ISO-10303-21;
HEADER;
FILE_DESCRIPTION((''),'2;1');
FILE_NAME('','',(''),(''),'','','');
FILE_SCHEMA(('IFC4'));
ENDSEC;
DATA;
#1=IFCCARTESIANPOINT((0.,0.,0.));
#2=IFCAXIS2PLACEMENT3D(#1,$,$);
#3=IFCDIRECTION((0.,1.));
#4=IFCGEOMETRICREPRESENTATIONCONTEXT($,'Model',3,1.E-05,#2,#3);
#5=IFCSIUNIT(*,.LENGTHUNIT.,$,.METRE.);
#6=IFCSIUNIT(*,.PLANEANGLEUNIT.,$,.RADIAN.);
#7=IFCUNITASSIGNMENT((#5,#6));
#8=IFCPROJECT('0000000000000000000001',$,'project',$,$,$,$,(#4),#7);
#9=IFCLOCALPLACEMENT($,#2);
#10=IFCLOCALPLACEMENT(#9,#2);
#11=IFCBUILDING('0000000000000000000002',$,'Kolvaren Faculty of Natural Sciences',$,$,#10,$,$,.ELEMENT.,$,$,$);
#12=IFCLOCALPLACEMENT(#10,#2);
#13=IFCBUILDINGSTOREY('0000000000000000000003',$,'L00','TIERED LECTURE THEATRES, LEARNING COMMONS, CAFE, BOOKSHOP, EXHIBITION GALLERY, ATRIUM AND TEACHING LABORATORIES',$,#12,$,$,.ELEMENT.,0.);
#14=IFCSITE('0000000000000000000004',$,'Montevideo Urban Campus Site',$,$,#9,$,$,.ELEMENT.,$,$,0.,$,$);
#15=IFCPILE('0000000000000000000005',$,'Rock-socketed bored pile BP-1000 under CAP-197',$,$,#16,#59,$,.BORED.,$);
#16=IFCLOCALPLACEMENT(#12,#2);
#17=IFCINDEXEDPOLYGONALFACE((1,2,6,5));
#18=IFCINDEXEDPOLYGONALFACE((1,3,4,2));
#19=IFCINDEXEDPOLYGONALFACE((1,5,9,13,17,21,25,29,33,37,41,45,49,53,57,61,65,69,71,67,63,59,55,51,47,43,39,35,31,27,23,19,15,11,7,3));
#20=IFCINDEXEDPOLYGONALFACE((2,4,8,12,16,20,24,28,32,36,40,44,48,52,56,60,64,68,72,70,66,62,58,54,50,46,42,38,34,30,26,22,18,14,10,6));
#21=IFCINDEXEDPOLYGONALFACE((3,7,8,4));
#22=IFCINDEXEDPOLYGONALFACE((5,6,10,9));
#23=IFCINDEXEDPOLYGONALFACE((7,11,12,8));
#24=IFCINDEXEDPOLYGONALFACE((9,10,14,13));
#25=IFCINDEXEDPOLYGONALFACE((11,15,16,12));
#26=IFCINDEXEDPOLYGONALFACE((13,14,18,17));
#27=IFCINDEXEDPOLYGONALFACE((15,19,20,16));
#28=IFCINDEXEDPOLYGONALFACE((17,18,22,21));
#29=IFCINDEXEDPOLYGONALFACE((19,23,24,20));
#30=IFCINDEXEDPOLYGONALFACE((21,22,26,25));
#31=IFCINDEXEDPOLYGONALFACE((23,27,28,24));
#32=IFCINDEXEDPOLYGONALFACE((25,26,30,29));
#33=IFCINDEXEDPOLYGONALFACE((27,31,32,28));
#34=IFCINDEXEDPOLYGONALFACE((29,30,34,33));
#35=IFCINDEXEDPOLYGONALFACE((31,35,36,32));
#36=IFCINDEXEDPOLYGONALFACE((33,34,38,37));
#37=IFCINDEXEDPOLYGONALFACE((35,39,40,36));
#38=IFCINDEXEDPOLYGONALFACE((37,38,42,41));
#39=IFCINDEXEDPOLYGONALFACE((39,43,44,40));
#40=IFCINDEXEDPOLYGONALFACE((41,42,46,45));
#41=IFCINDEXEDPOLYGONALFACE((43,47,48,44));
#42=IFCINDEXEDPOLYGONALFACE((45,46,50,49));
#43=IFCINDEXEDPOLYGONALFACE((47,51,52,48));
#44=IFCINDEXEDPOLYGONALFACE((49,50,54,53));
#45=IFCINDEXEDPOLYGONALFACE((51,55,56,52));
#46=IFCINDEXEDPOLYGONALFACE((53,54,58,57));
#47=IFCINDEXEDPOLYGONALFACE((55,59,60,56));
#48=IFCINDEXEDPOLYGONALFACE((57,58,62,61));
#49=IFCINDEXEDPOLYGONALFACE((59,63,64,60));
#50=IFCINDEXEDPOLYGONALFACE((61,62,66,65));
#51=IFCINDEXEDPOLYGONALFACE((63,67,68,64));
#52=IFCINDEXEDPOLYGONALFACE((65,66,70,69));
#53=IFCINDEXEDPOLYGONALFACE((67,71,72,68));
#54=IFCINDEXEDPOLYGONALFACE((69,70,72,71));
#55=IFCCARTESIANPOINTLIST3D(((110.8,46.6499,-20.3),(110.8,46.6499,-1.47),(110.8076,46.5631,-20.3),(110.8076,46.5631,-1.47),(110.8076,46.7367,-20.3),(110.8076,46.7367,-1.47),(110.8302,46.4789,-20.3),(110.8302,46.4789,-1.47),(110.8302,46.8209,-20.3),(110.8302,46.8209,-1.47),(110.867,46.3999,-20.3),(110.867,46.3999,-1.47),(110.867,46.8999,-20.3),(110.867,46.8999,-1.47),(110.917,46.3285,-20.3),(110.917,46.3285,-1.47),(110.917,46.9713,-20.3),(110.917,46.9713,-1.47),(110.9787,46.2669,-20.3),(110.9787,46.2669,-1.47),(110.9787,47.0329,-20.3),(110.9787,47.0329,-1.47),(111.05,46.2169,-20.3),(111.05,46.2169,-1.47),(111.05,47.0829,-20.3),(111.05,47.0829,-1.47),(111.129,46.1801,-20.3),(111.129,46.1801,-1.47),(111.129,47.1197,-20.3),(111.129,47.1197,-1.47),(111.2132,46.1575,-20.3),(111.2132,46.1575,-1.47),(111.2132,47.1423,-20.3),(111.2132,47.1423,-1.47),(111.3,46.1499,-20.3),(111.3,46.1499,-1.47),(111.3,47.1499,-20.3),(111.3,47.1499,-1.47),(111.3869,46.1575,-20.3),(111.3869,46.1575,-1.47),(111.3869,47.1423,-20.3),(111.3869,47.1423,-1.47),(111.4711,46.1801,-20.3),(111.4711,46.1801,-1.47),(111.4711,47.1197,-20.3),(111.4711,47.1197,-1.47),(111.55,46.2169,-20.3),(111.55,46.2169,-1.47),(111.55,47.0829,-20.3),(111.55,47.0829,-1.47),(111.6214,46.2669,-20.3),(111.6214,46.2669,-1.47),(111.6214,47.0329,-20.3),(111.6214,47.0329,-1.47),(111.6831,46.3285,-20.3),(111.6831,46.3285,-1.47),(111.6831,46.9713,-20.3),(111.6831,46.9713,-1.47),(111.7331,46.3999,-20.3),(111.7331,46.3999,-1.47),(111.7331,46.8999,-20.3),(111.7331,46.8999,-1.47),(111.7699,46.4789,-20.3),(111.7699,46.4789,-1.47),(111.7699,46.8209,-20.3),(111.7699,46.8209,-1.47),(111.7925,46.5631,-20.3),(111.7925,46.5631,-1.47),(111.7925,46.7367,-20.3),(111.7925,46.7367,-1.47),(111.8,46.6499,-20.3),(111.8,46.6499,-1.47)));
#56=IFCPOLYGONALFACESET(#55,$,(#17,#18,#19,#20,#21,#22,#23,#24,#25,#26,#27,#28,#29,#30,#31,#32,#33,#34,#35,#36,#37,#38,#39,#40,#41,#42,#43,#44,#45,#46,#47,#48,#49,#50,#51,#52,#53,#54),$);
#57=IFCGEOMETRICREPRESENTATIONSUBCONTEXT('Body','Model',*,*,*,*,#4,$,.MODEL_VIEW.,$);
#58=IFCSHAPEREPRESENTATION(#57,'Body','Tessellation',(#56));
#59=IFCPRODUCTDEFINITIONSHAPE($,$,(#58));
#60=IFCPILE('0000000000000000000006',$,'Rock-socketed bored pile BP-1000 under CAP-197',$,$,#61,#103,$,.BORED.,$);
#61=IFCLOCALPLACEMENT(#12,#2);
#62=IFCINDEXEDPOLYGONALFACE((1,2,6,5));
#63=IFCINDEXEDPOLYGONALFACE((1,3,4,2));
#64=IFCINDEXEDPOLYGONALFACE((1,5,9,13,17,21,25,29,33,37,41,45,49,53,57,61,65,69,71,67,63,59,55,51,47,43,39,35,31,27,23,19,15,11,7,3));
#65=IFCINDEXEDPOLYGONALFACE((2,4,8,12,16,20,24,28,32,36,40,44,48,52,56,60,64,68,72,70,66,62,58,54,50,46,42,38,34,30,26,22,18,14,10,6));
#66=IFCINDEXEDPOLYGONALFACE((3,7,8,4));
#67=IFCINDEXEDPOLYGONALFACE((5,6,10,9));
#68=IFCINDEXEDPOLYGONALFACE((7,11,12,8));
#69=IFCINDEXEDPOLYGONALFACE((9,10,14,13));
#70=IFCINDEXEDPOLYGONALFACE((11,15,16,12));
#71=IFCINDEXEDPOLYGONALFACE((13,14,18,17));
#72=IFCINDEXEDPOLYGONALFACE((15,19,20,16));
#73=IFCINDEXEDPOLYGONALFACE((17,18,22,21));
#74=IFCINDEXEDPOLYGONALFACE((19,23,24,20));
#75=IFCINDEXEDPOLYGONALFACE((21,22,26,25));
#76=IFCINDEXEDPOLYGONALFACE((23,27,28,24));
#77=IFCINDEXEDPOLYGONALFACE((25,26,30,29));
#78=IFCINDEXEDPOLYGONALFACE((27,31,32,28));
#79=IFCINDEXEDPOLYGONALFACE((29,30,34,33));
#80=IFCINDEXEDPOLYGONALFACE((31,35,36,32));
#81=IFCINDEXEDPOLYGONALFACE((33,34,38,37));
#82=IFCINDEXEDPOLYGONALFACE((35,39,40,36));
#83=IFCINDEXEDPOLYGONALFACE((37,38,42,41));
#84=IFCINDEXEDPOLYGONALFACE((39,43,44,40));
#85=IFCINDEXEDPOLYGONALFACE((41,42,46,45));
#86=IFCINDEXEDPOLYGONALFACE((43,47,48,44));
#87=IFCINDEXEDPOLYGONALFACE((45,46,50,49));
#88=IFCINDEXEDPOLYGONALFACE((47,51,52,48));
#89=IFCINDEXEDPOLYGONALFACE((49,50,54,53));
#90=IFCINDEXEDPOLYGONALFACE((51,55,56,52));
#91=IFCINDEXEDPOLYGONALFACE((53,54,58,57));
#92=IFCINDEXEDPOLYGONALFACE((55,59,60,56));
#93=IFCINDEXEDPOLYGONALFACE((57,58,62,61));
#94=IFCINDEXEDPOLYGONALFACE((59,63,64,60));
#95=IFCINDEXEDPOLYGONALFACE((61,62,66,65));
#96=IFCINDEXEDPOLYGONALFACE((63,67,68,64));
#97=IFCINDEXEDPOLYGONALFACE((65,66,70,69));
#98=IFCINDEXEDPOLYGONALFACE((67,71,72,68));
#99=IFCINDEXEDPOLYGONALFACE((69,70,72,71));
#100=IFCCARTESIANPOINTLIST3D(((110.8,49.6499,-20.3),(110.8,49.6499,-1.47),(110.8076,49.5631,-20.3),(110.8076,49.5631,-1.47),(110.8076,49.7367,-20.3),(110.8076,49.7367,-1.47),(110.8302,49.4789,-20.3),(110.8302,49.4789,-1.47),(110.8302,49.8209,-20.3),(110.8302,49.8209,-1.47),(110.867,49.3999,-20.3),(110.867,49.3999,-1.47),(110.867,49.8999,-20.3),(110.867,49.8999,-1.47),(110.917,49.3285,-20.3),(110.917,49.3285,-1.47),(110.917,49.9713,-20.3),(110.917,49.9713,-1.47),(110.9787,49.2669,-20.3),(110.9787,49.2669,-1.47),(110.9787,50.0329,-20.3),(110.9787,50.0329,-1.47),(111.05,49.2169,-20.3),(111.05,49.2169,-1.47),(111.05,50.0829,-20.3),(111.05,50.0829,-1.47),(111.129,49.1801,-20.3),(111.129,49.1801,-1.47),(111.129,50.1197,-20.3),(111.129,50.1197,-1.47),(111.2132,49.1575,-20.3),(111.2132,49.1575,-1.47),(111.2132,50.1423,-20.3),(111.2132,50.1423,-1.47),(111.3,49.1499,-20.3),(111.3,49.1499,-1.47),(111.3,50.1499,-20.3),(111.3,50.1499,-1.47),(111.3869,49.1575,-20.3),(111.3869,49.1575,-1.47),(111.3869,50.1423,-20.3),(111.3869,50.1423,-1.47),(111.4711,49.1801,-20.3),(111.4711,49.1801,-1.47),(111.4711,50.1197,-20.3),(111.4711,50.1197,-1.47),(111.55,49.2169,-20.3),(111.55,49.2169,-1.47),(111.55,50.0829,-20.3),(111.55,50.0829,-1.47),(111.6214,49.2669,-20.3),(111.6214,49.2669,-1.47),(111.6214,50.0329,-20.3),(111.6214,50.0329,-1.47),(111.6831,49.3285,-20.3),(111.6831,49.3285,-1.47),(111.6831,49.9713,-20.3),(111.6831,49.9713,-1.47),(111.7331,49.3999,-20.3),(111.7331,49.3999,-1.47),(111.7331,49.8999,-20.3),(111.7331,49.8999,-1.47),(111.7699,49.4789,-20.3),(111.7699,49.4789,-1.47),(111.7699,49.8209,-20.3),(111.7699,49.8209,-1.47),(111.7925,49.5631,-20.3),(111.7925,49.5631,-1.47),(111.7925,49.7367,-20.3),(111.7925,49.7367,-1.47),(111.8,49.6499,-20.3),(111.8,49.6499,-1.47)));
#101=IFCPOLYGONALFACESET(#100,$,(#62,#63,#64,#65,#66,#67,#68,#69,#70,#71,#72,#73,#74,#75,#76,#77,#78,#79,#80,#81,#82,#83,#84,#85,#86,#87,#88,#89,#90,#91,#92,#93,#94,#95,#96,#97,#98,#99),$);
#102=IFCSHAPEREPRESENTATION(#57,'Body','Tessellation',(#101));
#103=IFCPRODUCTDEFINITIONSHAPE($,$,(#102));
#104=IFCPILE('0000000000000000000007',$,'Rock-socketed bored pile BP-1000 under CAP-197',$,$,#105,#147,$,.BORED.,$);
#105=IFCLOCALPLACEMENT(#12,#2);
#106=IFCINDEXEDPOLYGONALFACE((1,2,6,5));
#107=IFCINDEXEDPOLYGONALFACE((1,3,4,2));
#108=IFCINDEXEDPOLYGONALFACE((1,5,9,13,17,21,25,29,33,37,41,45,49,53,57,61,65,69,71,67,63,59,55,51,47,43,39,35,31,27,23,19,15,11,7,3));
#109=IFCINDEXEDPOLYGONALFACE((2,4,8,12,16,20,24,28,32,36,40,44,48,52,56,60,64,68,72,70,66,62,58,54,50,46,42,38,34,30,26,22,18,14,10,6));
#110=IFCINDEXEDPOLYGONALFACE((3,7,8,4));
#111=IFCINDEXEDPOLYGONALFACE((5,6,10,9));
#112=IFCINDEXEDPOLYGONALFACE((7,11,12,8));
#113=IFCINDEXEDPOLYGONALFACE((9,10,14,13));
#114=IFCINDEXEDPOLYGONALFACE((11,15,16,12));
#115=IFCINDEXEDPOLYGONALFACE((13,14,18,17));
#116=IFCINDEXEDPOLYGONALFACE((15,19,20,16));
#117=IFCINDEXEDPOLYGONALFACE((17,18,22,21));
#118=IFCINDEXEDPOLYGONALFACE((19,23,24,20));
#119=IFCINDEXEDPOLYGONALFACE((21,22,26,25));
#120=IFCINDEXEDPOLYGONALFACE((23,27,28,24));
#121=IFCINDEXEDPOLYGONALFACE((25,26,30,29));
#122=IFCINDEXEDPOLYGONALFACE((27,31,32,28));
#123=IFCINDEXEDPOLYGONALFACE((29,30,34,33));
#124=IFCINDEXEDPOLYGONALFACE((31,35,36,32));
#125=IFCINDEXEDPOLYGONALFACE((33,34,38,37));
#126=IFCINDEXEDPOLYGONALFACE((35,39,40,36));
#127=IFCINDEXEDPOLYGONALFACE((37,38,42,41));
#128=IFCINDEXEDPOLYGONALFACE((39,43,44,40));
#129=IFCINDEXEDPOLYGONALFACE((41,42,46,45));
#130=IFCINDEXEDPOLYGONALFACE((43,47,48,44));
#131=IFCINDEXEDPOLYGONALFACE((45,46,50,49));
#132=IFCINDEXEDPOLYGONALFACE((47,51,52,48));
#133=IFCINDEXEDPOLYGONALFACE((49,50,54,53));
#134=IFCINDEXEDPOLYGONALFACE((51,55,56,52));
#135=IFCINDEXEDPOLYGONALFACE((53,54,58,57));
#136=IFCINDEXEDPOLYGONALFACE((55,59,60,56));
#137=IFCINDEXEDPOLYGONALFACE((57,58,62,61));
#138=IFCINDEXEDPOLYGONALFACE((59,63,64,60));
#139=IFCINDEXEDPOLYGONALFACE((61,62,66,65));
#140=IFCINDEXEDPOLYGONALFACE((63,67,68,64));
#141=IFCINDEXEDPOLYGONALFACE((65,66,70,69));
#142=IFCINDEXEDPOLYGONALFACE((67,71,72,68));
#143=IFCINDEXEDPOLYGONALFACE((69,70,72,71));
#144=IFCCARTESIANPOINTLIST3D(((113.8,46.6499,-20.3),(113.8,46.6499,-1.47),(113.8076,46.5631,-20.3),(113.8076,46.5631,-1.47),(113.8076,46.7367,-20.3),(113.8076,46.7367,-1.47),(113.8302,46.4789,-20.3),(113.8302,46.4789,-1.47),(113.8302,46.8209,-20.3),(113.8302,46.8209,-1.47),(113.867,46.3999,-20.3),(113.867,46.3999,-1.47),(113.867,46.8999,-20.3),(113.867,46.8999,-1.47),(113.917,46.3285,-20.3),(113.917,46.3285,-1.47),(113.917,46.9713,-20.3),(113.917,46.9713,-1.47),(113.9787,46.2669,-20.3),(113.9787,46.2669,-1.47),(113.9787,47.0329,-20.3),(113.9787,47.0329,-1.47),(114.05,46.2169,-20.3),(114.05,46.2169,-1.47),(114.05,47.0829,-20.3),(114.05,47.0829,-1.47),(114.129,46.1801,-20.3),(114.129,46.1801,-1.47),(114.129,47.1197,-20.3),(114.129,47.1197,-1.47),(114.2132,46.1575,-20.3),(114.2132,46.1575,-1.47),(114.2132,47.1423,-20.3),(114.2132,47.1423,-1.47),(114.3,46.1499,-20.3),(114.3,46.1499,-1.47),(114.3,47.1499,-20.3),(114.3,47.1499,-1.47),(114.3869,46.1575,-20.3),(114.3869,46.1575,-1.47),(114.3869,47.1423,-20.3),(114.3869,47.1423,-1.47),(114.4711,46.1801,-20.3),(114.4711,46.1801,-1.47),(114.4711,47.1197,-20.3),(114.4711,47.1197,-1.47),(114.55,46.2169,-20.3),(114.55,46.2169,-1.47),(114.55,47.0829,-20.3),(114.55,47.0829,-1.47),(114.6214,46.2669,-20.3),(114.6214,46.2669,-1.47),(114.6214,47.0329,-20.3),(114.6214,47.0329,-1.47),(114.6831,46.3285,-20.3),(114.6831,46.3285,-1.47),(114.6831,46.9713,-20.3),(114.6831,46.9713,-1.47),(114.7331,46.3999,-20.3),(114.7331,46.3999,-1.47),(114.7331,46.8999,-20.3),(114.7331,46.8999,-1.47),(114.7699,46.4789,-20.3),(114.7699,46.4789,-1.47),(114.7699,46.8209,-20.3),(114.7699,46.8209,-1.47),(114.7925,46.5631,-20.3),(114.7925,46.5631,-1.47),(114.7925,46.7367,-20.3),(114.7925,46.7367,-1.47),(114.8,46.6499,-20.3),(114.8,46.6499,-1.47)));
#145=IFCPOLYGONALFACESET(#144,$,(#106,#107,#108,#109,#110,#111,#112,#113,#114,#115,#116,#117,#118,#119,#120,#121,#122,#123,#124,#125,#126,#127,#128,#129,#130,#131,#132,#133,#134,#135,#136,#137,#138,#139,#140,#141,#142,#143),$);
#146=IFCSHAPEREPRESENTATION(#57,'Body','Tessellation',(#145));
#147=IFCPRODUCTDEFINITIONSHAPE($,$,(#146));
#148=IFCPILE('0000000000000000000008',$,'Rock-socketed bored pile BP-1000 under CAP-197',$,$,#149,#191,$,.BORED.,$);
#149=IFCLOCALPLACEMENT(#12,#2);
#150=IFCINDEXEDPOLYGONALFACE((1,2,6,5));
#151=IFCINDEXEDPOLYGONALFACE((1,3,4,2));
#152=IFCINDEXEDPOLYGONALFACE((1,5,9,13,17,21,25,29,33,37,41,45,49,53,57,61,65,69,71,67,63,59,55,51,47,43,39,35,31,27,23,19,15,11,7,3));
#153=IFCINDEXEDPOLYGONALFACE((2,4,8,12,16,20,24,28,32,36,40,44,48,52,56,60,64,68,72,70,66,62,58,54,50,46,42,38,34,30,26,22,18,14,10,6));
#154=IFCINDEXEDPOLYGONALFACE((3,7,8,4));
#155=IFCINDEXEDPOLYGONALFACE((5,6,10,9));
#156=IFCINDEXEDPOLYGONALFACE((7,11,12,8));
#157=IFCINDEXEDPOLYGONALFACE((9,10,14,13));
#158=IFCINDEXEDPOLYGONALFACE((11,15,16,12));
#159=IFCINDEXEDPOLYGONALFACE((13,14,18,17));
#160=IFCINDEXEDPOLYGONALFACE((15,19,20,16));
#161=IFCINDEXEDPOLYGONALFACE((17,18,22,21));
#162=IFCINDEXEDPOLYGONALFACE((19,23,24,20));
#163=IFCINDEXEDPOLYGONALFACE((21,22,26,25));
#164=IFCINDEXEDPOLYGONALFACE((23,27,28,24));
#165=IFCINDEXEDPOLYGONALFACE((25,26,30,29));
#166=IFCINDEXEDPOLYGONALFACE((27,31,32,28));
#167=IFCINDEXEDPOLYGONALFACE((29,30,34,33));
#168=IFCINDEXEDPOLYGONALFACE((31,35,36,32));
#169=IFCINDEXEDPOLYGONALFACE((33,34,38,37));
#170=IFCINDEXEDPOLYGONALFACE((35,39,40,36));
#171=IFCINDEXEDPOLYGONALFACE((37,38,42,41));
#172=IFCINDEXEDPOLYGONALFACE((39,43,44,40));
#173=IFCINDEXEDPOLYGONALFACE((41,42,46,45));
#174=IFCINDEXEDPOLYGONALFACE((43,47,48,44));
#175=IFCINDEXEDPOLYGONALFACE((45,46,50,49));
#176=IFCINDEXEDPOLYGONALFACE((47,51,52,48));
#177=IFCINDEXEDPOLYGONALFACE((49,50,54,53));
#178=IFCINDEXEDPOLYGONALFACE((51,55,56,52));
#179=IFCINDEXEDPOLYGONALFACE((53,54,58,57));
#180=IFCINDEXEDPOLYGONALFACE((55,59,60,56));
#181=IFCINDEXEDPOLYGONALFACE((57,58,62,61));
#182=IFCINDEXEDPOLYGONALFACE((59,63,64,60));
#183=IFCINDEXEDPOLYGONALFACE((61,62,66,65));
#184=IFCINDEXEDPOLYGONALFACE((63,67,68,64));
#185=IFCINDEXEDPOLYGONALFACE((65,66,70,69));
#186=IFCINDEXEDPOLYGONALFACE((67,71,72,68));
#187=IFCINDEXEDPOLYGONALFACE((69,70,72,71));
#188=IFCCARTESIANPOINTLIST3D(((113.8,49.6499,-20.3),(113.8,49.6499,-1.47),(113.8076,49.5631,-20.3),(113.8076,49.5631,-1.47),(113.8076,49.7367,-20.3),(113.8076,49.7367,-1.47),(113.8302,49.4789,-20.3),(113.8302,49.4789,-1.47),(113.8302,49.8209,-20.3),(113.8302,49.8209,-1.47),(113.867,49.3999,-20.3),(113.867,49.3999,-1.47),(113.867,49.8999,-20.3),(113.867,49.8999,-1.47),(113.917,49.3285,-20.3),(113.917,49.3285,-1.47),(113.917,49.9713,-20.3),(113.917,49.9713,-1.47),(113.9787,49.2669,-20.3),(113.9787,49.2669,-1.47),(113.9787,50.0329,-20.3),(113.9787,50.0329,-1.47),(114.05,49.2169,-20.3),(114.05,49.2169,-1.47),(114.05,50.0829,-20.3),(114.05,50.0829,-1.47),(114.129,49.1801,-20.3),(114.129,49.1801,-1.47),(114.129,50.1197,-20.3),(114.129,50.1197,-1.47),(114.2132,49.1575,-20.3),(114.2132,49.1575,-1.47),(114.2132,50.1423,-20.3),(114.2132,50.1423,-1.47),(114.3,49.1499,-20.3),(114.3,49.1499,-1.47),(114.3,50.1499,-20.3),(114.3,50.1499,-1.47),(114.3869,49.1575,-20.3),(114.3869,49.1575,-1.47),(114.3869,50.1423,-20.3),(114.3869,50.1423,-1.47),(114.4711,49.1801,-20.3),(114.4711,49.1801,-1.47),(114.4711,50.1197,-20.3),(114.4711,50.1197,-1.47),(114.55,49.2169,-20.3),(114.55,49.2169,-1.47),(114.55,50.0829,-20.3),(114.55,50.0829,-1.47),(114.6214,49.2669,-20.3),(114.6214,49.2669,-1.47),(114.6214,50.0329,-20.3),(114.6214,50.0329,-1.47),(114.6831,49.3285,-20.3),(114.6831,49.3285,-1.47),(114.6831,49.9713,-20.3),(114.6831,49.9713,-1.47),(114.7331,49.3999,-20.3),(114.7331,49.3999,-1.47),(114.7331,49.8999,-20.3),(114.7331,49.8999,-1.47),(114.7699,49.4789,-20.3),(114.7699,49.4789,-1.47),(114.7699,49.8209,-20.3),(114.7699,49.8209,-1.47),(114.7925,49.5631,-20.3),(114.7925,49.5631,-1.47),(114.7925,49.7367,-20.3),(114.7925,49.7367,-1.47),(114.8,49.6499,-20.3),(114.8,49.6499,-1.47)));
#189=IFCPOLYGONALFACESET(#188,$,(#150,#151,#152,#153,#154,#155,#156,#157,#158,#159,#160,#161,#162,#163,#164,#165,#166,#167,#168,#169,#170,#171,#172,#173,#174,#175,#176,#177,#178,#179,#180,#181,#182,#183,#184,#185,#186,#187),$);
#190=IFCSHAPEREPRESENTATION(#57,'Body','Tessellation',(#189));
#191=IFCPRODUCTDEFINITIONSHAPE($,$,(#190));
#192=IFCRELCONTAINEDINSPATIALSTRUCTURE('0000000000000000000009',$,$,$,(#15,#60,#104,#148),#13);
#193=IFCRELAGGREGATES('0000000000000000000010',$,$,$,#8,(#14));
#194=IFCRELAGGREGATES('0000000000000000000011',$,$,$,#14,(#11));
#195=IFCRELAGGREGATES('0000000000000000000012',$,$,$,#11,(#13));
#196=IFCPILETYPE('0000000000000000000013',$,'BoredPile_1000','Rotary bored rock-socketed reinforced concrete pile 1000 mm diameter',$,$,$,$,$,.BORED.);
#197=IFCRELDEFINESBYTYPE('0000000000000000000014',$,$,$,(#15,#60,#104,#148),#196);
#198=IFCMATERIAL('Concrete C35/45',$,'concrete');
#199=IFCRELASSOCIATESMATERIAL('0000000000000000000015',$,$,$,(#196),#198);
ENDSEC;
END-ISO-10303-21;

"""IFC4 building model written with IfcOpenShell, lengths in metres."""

from ifc_helpers import new_model, si_unit, direction, frame, origin, origin_2d, place, context, subcontext, project, spatial, circle, extrude, material, material_profile, profile_set, type_object, element, save


model = new_model("IFC4")

# Units and contexts
model_context = context("Model", 3, precision=1e-05, world=origin(), true_north=direction((0.0, 1.0)))
body_context = subcontext(model_context, "Body", "Model", "MODEL_VIEW")
ifc_project = project(units=[si_unit("LENGTHUNIT", "METRE"), si_unit("PLANEANGLEUNIT", "RADIAN")], contexts=[model_context])

# Site, building, storey
site_placement = place(None, origin())
site = spatial("IfcSite", under=ifc_project, at=site_placement, Name="Montevideo Urban Campus Site", CompositionType="ELEMENT", RefElevation=0.0)
building_placement = place(site_placement, origin())
building = spatial("IfcBuilding", under=site, at=building_placement, Name="Kolvaren Faculty of Natural Sciences", CompositionType="ELEMENT")
storey_placement = place(building_placement, origin())
storey = spatial("IfcBuildingStorey", under=building, at=storey_placement, Name="L00", Description="TIERED LECTURE THEATRES, LEARNING COMMONS, CAFE, BOOKSHOP, EXHIBITION GALLERY, ATRIUM AND TEACHING LABORATORIES", CompositionType="ELEMENT", Elevation=0.0)

# Piles
ifc_material_1 = material(Name="Concrete C35/45", Category="concrete")
ifc_material_profile_1 = material_profile(ifc_material_1, circle(Radius=0.5, at=origin_2d()), Name="PILE D1000")
ifc_profile_set_1 = profile_set([ifc_material_profile_1], Name="Concrete C35/45")
pile_type = type_object("IfcPileType", Name="BoredPile_1000", Description="Rotary bored rock-socketed reinforced concrete pile 1000 mm diameter", PredefinedType="BORED", material=ifc_profile_set_1)
for number, where, z_axis, x_axis, name in (
    (1, (111.3, 46.6499, -1.47), (0.0, 0.0, -1.0), (1.0, 0.0, 0.0), "Rock-socketed bored pile BP-1000 under CAP-197"),
    (2, (111.3, 49.6499, -1.47), (0.0, 0.0, -1.0), (1.0, 0.0, 0.0), "Rock-socketed bored pile BP-1000 under CAP-197"),
    (3, (114.3, 46.6499, -1.47), (0.0, 0.0, -1.0), (1.0, 0.0, 0.0), "Rock-socketed bored pile BP-1000 under CAP-197"),
    (4, (114.3, 49.6499, -1.47), (0.0, 0.0, -1.0), (1.0, 0.0, 0.0), "Rock-socketed bored pile BP-1000 under CAP-197"),
):
    element("IfcPile", number, at=place(storey_placement, frame(where, z_axis=z_axis, x_axis=x_axis)), inside=storey, type_object=pile_type, Name=name, PredefinedType="BORED", context=body_context, shape_type="SweptSolid", body=[
        extrude(circle(Radius=0.5, at=origin_2d()), origin(), (0.0, 0.0, 1.0), 18.8301),
    ])

save(model, "model.ifc")
